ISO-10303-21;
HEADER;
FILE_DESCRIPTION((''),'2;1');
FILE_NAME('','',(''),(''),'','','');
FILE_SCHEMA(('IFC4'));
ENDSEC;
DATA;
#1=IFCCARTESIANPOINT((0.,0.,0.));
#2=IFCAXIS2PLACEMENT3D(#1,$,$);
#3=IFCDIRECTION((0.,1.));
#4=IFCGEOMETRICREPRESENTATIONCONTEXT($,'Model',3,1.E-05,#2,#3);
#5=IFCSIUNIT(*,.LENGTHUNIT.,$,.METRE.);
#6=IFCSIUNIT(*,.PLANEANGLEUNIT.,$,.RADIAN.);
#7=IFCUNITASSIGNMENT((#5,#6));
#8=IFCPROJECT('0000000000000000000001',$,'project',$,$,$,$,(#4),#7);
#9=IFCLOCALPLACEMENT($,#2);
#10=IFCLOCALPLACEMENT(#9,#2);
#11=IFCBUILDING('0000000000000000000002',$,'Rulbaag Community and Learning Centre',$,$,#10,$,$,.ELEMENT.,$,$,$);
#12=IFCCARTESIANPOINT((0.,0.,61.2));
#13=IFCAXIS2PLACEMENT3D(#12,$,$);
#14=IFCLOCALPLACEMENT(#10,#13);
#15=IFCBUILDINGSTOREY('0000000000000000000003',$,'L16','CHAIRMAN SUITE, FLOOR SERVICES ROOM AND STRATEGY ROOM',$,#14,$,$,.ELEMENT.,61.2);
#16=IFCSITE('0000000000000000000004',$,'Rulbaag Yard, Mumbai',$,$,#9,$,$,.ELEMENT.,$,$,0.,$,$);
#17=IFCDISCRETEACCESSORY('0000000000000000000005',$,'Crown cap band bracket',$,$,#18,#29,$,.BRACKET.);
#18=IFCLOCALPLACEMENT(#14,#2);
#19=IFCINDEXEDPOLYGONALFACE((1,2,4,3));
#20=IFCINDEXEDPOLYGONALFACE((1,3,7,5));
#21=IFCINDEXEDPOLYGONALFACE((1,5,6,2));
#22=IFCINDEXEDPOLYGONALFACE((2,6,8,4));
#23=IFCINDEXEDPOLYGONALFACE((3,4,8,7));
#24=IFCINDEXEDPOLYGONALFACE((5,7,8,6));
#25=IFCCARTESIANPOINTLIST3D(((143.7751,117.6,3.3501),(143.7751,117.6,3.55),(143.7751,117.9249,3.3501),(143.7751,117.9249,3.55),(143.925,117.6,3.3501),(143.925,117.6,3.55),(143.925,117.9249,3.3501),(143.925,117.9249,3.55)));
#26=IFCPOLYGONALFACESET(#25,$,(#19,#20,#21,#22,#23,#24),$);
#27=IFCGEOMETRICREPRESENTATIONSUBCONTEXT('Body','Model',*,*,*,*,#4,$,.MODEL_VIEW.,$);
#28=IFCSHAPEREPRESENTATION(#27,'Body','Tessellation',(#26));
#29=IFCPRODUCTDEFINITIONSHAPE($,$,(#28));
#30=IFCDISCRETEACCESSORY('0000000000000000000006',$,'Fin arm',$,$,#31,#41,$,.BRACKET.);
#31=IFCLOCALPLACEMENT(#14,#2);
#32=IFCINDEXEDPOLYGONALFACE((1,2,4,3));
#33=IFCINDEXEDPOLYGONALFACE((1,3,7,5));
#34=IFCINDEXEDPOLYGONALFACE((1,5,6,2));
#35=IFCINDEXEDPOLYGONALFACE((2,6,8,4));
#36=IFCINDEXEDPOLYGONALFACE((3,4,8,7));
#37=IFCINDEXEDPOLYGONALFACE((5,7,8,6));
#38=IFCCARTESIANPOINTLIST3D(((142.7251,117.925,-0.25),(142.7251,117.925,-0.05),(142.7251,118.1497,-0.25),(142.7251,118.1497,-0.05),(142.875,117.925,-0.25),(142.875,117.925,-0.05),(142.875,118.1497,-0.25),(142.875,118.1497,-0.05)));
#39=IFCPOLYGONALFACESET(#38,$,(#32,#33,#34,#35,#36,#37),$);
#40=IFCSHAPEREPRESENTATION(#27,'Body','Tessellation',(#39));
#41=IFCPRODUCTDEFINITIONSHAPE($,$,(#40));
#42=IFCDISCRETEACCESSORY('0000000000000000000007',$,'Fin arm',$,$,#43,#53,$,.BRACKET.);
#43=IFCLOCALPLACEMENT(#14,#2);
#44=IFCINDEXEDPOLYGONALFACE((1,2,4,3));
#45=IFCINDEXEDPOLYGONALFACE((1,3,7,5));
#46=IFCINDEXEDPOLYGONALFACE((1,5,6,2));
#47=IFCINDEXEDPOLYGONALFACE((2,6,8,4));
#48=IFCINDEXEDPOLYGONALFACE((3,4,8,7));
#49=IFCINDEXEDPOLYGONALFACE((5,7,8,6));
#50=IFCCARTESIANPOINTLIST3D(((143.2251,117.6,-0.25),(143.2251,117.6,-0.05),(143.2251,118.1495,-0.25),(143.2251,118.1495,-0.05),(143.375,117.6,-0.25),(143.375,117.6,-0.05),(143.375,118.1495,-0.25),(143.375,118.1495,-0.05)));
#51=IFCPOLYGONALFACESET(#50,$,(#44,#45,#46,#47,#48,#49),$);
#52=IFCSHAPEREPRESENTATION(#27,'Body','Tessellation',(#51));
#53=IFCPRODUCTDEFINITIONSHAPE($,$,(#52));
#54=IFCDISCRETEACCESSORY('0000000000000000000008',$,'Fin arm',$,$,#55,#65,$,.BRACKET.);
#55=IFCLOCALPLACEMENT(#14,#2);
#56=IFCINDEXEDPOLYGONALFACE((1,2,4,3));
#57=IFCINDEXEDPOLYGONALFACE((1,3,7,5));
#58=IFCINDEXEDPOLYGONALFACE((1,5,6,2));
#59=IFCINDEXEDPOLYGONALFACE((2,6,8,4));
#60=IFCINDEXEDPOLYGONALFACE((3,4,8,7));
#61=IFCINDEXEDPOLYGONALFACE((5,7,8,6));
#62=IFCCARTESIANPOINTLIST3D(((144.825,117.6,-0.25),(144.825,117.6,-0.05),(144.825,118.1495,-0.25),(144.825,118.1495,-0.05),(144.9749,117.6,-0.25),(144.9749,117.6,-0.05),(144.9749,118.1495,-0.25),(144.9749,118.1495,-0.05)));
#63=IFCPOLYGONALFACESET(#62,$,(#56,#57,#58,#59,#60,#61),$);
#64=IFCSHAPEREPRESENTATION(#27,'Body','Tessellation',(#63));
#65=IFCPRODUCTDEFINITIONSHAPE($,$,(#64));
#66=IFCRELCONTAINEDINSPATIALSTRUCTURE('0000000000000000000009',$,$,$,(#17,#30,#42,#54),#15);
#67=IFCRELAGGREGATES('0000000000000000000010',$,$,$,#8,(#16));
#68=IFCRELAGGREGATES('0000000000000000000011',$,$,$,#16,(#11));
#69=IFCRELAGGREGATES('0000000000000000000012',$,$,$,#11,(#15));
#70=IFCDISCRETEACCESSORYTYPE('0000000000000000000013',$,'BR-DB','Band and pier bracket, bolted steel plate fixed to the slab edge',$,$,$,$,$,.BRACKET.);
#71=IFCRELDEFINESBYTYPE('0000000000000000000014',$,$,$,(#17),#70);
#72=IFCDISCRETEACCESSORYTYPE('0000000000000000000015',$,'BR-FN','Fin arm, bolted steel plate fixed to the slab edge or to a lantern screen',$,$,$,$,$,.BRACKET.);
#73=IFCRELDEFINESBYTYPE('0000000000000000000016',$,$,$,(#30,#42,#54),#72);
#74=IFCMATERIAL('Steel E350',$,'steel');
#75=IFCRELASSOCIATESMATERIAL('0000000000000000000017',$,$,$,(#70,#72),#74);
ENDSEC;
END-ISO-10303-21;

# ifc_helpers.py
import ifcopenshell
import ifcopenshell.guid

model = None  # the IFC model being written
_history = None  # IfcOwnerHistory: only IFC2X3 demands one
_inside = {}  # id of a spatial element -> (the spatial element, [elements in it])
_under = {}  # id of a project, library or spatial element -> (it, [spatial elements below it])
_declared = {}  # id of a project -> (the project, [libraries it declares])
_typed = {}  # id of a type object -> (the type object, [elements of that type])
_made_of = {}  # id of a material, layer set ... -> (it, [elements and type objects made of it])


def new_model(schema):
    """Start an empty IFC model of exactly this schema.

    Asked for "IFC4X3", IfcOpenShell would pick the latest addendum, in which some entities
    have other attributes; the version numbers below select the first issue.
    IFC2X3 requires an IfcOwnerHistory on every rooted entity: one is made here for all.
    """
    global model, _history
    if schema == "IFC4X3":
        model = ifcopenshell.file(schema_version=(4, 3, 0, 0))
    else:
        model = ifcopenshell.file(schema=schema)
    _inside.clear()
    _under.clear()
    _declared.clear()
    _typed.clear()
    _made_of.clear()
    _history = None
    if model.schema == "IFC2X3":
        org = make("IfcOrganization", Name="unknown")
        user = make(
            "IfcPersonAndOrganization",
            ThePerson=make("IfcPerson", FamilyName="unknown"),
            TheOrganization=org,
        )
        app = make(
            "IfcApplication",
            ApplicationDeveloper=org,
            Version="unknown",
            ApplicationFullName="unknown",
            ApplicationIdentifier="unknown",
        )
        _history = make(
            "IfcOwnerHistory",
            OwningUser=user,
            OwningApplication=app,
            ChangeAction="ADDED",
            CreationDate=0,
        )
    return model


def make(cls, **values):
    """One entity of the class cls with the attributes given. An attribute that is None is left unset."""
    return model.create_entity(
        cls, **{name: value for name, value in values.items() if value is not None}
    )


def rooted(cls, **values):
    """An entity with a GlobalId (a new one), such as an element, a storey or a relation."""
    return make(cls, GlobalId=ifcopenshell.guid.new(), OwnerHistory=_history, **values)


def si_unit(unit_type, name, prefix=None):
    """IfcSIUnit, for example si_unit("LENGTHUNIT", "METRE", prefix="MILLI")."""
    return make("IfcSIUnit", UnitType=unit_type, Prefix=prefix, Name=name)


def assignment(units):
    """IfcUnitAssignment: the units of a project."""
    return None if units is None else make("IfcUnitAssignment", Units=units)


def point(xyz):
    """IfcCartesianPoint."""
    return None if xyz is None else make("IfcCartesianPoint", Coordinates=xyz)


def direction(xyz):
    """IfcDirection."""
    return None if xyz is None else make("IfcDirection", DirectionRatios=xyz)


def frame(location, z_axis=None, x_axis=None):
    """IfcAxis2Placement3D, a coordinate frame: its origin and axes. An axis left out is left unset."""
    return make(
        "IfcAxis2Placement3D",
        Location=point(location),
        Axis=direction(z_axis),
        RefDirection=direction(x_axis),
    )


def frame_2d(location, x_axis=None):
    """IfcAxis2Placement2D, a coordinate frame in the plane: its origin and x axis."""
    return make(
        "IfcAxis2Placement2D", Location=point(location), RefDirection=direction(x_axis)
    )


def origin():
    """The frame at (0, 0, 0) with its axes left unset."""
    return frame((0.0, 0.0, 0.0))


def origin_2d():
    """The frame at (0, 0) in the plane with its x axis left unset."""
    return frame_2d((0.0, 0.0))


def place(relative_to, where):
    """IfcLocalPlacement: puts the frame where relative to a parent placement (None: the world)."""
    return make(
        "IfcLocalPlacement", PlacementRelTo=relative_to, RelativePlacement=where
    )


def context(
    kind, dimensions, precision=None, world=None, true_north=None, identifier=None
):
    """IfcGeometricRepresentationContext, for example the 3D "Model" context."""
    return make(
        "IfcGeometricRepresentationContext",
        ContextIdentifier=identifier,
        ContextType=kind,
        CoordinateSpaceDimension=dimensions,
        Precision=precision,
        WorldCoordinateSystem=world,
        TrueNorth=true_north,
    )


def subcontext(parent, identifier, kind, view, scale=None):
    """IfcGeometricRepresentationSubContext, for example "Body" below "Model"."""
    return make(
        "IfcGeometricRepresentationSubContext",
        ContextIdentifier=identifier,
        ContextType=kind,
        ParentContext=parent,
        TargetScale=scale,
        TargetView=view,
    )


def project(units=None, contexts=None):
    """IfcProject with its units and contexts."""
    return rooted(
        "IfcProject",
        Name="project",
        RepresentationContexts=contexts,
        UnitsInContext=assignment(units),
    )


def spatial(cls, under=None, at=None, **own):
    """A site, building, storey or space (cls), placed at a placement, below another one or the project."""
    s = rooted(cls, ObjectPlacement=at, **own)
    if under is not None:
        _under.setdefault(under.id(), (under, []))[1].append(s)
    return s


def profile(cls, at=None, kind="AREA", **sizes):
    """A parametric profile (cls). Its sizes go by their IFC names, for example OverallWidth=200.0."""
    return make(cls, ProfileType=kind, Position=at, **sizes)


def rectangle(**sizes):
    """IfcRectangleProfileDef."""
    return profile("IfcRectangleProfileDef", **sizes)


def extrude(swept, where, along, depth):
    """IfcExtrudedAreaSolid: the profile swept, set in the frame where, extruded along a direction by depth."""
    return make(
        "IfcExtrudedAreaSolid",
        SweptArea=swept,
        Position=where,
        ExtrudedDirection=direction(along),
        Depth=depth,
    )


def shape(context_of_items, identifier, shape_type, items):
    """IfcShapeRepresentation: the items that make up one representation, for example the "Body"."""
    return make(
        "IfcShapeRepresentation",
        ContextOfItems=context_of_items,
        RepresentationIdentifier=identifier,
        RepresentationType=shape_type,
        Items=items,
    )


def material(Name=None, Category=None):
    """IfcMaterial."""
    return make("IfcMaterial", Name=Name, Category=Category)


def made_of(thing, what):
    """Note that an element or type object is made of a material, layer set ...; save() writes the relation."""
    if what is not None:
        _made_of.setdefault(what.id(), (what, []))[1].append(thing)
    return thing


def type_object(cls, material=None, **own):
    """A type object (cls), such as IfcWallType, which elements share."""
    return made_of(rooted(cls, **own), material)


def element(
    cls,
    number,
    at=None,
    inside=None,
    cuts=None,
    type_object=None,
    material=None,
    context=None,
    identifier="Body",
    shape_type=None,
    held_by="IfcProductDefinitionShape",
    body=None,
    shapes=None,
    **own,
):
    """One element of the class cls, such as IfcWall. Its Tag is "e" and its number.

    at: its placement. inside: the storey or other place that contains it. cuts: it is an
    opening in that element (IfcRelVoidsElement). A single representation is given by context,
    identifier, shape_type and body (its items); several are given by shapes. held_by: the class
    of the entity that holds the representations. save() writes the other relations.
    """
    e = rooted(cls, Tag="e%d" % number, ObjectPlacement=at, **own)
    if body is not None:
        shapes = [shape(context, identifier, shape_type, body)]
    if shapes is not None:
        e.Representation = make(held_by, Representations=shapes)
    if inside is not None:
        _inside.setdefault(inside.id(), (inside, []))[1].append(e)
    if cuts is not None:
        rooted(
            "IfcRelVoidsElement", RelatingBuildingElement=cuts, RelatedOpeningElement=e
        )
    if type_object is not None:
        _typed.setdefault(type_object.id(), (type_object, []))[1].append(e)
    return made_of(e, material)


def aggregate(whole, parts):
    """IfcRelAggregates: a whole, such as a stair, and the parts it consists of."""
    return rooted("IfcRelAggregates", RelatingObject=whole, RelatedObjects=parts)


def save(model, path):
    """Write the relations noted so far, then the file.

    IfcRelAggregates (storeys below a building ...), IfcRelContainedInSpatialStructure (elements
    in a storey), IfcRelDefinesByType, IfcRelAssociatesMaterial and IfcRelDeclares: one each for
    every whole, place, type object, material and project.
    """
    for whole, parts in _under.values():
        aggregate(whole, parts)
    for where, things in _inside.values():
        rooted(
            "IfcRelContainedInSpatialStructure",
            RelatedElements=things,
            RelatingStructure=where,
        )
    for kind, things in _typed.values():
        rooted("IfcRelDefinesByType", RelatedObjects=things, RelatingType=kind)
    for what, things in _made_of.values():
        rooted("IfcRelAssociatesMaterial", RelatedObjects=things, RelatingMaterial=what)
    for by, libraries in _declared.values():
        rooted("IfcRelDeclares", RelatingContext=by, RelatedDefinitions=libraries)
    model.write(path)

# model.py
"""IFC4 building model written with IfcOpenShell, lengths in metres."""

from ifc_helpers import new_model, si_unit, direction, frame, origin, origin_2d, place, context, subcontext, project, spatial, rectangle, extrude, material, type_object, element, save


model = new_model("IFC4")

# Units and contexts
model_context = context("Model", 3, precision=1e-05, world=origin(), true_north=direction((0.0, 1.0)))
body_context = subcontext(model_context, "Body", "Model", "MODEL_VIEW")
ifc_project = project(units=[si_unit("LENGTHUNIT", "METRE"), si_unit("PLANEANGLEUNIT", "RADIAN")], contexts=[model_context])

# Site, building, storey
site_placement = place(None, origin())
site = spatial("IfcSite", under=ifc_project, at=site_placement, Name="Rulbaag Yard, Mumbai", CompositionType="ELEMENT", RefElevation=0.0)
building_placement = place(site_placement, origin())
building = spatial("IfcBuilding", under=site, at=building_placement, Name="Rulbaag Community and Learning Centre", CompositionType="ELEMENT")
storey_placement = place(building_placement, frame((0.0, 0.0, 61.2)))
storey = spatial("IfcBuildingStorey", under=building, at=storey_placement, Name="L16", Description="CHAIRMAN SUITE, FLOOR SERVICES ROOM AND STRATEGY ROOM", CompositionType="ELEMENT", Elevation=61.2)

# Discrete accessories
ifc_material_1 = material(Name="Steel E350", Category="steel")
discrete_accessory_type_1 = type_object("IfcDiscreteAccessoryType", Name="BR-DB", Description="Band and pier bracket, bolted steel plate fixed to the slab edge", PredefinedType="BRACKET", material=ifc_material_1)
discrete_accessory_1_placement = place(storey_placement, frame((143.8501, 117.7625, 3.3501), z_axis=(0.0, 0.0, 1.0), x_axis=(1.0, 0.0, 0.0)))
element("IfcDiscreteAccessory", 1, at=discrete_accessory_1_placement, inside=storey, type_object=discrete_accessory_type_1, Name="Crown cap band bracket", PredefinedType="BRACKET", context=body_context, shape_type="SweptSolid", body=[
    extrude(rectangle(XDim=0.1499, YDim=0.325, at=origin_2d()), origin(), (0.0, 0.0, 1.0), 0.2),
])
discrete_accessory_type_2 = type_object("IfcDiscreteAccessoryType", Name="BR-FN", Description="Fin arm, bolted steel plate fixed to the slab edge or to a lantern screen", PredefinedType="BRACKET", material=ifc_material_1)
discrete_accessory_2_placement = place(storey_placement, frame((142.8, 118.0374, -0.25), z_axis=(0.0, 0.0, 1.0), x_axis=(1.0, 0.0, 0.0)))
element("IfcDiscreteAccessory", 2, at=discrete_accessory_2_placement, inside=storey, type_object=discrete_accessory_type_2, Name="Fin arm", PredefinedType="BRACKET", context=body_context, shape_type="SweptSolid", body=[
    extrude(rectangle(XDim=0.1499, YDim=0.2246, at=origin_2d()), origin(), (0.0, 0.0, 1.0), 0.2),
])
for number, where, z_axis, x_axis, name in (
    (3, (143.3, 117.8748, -0.25), (0.0, 0.0, 1.0), (1.0, 0.0, 0.0), "Fin arm"),
    (4, (144.8999, 117.8748, -0.25), (0.0, 0.0, 1.0), (1.0, 0.0, 0.0), "Fin arm"),
):
    element("IfcDiscreteAccessory", number, at=place(storey_placement, frame(where, z_axis=z_axis, x_axis=x_axis)), inside=storey, type_object=discrete_accessory_type_2, Name=name, PredefinedType="BRACKET", context=body_context, shape_type="SweptSolid", body=[
        extrude(rectangle(XDim=0.1499, YDim=0.5496, at=origin_2d()), origin(), (0.0, 0.0, 1.0), 0.2),
    ])

save(model, "model.ifc")
